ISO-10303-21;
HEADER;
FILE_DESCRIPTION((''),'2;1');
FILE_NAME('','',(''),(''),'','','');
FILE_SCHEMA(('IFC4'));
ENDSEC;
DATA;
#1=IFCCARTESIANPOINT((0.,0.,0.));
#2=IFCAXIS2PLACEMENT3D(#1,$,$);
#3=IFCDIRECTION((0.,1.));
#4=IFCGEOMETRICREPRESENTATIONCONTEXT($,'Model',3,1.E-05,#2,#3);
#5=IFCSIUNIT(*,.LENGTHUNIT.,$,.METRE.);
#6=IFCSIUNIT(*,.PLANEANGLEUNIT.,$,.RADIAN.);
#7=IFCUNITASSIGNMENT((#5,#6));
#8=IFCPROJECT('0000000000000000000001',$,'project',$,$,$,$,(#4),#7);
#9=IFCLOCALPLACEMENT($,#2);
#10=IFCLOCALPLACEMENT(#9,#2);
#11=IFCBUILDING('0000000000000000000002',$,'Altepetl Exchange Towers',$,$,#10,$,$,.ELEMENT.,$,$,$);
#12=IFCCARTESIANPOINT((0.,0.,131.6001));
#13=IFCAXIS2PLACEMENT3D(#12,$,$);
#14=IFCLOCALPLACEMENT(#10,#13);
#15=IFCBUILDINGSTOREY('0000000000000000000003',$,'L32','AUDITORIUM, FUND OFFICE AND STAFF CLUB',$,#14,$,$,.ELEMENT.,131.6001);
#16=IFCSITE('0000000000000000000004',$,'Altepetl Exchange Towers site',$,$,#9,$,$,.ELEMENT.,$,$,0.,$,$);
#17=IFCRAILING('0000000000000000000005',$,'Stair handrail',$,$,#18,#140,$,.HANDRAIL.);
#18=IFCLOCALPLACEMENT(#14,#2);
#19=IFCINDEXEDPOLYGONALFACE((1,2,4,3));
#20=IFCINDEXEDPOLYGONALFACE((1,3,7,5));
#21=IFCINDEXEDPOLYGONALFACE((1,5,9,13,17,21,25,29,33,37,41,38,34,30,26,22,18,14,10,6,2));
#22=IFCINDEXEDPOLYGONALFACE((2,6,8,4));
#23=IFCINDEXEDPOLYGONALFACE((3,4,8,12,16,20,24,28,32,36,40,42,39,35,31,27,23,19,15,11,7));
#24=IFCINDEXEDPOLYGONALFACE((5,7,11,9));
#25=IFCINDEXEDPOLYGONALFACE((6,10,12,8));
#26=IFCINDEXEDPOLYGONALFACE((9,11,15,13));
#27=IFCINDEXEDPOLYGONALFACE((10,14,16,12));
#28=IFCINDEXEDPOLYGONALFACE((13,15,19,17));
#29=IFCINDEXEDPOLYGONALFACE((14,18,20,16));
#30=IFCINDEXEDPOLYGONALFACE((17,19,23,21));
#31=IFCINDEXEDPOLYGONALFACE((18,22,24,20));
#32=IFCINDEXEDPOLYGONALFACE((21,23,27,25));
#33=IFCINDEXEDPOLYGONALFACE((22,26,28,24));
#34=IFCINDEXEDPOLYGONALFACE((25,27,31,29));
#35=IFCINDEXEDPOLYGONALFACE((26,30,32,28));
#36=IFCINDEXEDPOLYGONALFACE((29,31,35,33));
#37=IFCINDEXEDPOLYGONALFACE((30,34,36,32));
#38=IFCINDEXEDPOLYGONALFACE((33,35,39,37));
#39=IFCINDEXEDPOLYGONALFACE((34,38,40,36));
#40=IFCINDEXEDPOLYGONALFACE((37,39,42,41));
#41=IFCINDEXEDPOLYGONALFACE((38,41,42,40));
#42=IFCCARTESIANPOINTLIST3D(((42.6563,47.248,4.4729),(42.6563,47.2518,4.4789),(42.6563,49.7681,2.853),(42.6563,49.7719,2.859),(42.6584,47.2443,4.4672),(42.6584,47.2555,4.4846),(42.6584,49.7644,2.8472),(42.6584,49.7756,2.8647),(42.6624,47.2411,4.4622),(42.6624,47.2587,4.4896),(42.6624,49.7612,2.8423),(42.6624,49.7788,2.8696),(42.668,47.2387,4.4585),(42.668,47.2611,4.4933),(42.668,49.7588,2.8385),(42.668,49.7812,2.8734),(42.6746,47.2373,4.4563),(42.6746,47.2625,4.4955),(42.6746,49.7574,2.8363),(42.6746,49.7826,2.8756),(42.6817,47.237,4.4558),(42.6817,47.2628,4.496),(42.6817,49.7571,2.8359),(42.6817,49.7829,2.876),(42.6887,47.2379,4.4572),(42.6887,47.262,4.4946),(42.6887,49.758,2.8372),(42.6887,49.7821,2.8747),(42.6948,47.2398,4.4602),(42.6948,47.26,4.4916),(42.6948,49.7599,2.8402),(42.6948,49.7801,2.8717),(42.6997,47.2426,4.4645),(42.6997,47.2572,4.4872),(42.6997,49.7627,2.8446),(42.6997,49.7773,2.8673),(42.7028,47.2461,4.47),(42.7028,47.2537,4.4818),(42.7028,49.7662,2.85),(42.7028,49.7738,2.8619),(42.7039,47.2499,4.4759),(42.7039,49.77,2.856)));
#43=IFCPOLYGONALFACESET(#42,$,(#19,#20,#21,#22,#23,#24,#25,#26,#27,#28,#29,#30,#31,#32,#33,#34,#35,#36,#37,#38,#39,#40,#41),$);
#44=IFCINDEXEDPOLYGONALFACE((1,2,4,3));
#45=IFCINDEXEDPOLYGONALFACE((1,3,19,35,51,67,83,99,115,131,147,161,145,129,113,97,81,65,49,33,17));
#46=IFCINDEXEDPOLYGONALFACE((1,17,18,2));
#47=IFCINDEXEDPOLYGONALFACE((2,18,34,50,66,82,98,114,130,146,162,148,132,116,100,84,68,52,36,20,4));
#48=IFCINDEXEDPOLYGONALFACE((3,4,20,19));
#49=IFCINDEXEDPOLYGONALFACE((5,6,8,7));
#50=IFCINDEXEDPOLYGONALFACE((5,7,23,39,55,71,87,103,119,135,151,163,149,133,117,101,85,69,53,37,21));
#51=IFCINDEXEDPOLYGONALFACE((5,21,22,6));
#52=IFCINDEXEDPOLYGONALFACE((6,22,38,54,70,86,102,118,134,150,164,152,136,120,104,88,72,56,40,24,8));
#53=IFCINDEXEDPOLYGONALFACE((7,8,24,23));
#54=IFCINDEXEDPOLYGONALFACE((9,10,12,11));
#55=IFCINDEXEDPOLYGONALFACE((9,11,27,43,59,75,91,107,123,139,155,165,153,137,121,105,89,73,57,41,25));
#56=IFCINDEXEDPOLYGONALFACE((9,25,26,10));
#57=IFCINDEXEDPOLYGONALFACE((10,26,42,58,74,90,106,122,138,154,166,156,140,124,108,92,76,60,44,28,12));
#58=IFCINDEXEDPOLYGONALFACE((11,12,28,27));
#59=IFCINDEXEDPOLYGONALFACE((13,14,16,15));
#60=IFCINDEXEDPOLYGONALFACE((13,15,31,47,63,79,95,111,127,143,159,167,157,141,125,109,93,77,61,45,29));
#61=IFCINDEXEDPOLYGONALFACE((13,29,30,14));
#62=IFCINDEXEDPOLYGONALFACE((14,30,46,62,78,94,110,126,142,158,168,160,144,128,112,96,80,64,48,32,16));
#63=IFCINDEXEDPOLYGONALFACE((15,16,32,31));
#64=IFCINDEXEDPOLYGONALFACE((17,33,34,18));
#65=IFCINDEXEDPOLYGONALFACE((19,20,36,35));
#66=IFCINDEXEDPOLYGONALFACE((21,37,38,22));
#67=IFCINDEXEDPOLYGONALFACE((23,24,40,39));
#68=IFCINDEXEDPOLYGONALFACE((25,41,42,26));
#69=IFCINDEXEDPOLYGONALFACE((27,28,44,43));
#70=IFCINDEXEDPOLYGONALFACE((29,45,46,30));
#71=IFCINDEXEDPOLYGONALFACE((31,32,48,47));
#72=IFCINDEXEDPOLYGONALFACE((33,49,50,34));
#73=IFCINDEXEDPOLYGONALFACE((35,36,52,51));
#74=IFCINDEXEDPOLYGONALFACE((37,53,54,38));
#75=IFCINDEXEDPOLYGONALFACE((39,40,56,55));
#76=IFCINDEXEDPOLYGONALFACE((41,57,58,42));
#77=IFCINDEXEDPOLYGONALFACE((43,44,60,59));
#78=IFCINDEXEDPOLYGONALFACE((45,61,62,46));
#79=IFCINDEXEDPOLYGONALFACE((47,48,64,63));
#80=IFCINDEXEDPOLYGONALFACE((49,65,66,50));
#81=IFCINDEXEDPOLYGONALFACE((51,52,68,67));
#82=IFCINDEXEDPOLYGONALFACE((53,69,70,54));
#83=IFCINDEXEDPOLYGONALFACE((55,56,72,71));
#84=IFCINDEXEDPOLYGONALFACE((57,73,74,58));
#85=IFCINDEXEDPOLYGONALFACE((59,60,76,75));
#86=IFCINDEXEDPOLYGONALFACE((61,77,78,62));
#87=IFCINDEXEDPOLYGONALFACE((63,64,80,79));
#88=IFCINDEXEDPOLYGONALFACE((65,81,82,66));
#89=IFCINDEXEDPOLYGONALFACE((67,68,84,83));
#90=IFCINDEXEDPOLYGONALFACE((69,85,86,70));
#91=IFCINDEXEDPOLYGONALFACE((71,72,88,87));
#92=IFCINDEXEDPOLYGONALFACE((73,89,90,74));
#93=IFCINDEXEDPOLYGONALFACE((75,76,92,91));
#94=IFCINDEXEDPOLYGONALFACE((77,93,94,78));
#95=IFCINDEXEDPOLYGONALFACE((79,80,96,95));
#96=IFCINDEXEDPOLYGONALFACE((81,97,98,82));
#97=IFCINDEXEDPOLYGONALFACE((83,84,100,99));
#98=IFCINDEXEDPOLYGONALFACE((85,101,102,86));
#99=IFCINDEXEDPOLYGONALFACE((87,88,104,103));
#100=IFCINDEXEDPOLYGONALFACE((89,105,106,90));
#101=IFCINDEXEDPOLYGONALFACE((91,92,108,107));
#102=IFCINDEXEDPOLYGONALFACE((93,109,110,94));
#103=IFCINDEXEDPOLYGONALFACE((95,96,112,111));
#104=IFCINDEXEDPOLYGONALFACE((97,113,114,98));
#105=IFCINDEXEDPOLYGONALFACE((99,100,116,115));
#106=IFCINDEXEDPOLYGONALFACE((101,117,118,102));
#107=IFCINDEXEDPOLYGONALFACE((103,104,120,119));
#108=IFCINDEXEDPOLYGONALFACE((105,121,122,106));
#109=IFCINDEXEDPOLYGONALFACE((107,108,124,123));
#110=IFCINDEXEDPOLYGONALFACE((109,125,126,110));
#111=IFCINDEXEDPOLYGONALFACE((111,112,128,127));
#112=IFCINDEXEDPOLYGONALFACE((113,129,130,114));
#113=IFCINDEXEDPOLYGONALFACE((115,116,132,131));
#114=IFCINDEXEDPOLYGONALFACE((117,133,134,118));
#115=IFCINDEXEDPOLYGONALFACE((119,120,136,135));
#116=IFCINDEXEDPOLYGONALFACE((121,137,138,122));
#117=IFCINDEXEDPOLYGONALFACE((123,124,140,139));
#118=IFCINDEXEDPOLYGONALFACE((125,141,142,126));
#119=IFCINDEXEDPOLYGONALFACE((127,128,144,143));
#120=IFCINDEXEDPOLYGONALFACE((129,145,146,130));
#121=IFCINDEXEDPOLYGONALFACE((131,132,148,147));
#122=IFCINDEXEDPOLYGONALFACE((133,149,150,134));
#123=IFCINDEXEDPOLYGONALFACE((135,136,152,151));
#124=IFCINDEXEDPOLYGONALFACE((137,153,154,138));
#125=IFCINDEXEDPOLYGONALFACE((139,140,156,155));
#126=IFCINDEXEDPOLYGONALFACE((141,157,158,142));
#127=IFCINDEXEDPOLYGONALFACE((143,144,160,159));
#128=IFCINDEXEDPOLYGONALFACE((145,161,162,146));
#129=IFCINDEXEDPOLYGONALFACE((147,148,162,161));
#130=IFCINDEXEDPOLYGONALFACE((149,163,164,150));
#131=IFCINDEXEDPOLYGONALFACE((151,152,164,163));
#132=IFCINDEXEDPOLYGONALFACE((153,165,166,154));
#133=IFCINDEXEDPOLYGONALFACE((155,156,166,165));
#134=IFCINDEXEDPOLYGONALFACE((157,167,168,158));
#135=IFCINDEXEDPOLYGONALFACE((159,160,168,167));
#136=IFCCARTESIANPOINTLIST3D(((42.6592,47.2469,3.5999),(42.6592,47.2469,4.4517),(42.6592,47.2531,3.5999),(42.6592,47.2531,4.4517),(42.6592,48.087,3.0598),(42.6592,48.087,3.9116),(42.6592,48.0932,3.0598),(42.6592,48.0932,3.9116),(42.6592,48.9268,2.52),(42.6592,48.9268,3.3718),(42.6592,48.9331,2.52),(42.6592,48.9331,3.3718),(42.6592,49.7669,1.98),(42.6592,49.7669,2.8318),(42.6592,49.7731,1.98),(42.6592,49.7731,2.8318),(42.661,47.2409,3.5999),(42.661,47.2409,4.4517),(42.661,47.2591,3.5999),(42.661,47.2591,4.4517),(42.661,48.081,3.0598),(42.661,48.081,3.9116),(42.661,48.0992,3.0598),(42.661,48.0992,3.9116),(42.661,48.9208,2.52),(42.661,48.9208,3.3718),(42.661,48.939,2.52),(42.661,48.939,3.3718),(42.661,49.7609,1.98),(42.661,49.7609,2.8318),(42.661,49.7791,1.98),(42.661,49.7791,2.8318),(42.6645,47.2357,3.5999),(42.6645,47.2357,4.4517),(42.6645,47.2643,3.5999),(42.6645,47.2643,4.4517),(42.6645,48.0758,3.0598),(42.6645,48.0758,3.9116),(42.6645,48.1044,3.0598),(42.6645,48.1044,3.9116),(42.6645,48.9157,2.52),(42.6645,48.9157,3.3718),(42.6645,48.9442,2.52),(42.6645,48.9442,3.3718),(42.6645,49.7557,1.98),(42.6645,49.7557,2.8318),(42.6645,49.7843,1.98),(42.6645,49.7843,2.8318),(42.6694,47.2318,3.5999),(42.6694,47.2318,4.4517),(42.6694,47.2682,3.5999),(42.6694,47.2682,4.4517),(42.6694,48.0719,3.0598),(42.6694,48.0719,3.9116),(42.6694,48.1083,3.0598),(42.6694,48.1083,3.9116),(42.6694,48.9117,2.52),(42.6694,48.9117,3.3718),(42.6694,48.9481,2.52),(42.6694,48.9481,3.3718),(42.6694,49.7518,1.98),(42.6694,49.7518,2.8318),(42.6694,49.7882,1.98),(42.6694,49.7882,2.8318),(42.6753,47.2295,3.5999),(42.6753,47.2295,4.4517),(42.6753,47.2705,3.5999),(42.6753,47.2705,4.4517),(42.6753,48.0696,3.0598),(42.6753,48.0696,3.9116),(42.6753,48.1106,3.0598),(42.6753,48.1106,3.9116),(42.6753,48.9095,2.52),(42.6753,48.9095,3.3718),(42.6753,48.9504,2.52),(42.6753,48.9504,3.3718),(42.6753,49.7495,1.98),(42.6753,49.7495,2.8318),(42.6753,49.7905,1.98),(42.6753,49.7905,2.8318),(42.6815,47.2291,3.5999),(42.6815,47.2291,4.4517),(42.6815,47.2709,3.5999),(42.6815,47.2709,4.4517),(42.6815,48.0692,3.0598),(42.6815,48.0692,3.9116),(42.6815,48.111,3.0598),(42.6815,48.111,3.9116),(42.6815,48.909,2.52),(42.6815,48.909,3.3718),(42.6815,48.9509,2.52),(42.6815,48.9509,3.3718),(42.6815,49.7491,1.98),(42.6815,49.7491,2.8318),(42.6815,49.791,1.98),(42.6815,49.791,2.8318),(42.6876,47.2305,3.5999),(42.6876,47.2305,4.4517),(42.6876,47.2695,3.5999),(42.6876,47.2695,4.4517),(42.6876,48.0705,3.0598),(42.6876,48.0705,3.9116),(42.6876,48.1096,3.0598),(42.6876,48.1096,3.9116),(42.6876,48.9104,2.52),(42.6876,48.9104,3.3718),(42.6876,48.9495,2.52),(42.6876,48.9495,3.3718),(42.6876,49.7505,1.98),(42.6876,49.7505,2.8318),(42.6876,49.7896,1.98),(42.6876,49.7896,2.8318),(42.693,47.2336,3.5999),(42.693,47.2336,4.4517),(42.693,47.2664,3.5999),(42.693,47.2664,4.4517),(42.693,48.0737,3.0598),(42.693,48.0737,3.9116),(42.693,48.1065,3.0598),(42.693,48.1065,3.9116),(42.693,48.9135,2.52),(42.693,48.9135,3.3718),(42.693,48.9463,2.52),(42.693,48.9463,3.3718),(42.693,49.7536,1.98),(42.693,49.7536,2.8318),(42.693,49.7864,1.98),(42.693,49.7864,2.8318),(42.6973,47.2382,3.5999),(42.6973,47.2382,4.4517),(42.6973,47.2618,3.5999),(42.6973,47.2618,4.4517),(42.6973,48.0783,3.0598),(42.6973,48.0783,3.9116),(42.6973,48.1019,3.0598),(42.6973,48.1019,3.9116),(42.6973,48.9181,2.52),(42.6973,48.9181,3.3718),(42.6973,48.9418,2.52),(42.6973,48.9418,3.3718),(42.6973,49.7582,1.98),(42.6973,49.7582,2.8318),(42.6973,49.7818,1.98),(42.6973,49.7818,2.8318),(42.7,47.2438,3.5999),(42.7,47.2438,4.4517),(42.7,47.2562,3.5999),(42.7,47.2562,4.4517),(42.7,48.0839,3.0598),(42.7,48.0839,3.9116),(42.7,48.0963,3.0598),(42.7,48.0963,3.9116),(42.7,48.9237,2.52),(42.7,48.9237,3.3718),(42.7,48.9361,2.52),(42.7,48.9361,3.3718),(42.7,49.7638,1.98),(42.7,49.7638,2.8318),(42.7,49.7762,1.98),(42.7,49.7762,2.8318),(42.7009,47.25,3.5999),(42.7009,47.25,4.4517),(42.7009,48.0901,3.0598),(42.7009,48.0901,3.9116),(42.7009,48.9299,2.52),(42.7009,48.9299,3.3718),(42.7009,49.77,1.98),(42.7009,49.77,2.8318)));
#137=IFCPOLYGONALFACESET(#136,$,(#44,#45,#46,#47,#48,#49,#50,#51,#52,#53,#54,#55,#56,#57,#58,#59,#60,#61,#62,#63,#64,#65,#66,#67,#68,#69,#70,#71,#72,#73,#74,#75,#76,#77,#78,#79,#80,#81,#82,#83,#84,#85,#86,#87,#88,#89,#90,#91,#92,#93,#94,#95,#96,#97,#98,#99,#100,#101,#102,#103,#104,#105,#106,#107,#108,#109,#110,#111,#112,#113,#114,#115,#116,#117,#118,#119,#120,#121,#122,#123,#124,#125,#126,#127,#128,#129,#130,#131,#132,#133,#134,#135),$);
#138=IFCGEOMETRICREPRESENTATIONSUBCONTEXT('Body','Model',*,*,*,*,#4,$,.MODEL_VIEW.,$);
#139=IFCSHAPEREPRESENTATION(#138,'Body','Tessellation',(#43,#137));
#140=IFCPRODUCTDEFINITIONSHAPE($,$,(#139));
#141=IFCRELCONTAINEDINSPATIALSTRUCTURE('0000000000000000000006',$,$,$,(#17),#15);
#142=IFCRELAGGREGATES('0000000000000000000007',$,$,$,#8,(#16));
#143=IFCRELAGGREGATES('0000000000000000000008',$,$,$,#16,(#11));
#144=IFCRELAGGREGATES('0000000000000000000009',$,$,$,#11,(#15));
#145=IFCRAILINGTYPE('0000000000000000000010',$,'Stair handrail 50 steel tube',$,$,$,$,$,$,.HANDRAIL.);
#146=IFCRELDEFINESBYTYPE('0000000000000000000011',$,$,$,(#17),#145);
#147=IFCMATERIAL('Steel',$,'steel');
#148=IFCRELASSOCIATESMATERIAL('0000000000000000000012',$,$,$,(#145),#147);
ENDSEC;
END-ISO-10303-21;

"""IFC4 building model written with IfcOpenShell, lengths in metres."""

from ifc_helpers import new_model, si_unit, direction, frame, origin, origin_2d, place, context, subcontext, project, spatial, circle, extrude, source, transform, mapped, material, type_object, element, save


model = new_model("IFC4")

# Units and contexts
model_context = context("Model", 3, precision=1e-05, world=origin(), true_north=direction((0.0, 1.0)))
body_context = subcontext(model_context, "Body", "Model", "MODEL_VIEW")
ifc_project = project(units=[si_unit("LENGTHUNIT", "METRE"), si_unit("PLANEANGLEUNIT", "RADIAN")], contexts=[model_context])

# Site, building, storey
site_placement = place(None, origin())
site = spatial("IfcSite", under=ifc_project, at=site_placement, Name="Altepetl Exchange Towers site", CompositionType="ELEMENT", RefElevation=0.0)
building_placement = place(site_placement, origin())
building = spatial("IfcBuilding", under=site, at=building_placement, Name="Altepetl Exchange Towers", CompositionType="ELEMENT")
storey_placement = place(building_placement, frame((0.0, 0.0, 131.6001)))
storey = spatial("IfcBuildingStorey", under=building, at=storey_placement, Name="L32", Description="AUDITORIUM, FUND OFFICE AND STAFF CLUB", CompositionType="ELEMENT", Elevation=131.6001)

# Railing
ifc_material_1 = material(Name="Steel", Category="steel")
railing_type = type_object("IfcRailingType", Name="Stair handrail 50 steel tube", PredefinedType="HANDRAIL", material=ifc_material_1)
shared_shape = source(origin(), body_context, "Body", "SweptSolid", [
    extrude(circle(Radius=0.021, at=origin_2d()), origin(), (0.0, 0.0, 1.0), 0.8518),
])
railing_1_placement = place(storey_placement, frame((42.6799, 49.77, 1.98)))
element("IfcRailing", 1, at=railing_1_placement, inside=storey, type_object=railing_type, Name="Stair handrail", PredefinedType="HANDRAIL", context=body_context, shape_type="SweptSolid", body=[
    extrude(circle(Radius=0.0239, at=origin_2d()), frame((0.0, 0.0, 0.876), z_axis=(0.0, -0.8412, 0.540725), x_axis=(1.0, 0.0, 0.0)), (0.0, 0.0, 1.0), 2.9958),
    mapped(shared_shape, transform((0.0, 0.0, 0.0))),
    mapped(shared_shape, transform((0.0, -0.8401, 0.54))),
    mapped(shared_shape, transform((0.0, -1.6799, 1.0798))),
    mapped(shared_shape, transform((0.0, -2.52, 1.6199))),
])

save(model, "model.ifc")
